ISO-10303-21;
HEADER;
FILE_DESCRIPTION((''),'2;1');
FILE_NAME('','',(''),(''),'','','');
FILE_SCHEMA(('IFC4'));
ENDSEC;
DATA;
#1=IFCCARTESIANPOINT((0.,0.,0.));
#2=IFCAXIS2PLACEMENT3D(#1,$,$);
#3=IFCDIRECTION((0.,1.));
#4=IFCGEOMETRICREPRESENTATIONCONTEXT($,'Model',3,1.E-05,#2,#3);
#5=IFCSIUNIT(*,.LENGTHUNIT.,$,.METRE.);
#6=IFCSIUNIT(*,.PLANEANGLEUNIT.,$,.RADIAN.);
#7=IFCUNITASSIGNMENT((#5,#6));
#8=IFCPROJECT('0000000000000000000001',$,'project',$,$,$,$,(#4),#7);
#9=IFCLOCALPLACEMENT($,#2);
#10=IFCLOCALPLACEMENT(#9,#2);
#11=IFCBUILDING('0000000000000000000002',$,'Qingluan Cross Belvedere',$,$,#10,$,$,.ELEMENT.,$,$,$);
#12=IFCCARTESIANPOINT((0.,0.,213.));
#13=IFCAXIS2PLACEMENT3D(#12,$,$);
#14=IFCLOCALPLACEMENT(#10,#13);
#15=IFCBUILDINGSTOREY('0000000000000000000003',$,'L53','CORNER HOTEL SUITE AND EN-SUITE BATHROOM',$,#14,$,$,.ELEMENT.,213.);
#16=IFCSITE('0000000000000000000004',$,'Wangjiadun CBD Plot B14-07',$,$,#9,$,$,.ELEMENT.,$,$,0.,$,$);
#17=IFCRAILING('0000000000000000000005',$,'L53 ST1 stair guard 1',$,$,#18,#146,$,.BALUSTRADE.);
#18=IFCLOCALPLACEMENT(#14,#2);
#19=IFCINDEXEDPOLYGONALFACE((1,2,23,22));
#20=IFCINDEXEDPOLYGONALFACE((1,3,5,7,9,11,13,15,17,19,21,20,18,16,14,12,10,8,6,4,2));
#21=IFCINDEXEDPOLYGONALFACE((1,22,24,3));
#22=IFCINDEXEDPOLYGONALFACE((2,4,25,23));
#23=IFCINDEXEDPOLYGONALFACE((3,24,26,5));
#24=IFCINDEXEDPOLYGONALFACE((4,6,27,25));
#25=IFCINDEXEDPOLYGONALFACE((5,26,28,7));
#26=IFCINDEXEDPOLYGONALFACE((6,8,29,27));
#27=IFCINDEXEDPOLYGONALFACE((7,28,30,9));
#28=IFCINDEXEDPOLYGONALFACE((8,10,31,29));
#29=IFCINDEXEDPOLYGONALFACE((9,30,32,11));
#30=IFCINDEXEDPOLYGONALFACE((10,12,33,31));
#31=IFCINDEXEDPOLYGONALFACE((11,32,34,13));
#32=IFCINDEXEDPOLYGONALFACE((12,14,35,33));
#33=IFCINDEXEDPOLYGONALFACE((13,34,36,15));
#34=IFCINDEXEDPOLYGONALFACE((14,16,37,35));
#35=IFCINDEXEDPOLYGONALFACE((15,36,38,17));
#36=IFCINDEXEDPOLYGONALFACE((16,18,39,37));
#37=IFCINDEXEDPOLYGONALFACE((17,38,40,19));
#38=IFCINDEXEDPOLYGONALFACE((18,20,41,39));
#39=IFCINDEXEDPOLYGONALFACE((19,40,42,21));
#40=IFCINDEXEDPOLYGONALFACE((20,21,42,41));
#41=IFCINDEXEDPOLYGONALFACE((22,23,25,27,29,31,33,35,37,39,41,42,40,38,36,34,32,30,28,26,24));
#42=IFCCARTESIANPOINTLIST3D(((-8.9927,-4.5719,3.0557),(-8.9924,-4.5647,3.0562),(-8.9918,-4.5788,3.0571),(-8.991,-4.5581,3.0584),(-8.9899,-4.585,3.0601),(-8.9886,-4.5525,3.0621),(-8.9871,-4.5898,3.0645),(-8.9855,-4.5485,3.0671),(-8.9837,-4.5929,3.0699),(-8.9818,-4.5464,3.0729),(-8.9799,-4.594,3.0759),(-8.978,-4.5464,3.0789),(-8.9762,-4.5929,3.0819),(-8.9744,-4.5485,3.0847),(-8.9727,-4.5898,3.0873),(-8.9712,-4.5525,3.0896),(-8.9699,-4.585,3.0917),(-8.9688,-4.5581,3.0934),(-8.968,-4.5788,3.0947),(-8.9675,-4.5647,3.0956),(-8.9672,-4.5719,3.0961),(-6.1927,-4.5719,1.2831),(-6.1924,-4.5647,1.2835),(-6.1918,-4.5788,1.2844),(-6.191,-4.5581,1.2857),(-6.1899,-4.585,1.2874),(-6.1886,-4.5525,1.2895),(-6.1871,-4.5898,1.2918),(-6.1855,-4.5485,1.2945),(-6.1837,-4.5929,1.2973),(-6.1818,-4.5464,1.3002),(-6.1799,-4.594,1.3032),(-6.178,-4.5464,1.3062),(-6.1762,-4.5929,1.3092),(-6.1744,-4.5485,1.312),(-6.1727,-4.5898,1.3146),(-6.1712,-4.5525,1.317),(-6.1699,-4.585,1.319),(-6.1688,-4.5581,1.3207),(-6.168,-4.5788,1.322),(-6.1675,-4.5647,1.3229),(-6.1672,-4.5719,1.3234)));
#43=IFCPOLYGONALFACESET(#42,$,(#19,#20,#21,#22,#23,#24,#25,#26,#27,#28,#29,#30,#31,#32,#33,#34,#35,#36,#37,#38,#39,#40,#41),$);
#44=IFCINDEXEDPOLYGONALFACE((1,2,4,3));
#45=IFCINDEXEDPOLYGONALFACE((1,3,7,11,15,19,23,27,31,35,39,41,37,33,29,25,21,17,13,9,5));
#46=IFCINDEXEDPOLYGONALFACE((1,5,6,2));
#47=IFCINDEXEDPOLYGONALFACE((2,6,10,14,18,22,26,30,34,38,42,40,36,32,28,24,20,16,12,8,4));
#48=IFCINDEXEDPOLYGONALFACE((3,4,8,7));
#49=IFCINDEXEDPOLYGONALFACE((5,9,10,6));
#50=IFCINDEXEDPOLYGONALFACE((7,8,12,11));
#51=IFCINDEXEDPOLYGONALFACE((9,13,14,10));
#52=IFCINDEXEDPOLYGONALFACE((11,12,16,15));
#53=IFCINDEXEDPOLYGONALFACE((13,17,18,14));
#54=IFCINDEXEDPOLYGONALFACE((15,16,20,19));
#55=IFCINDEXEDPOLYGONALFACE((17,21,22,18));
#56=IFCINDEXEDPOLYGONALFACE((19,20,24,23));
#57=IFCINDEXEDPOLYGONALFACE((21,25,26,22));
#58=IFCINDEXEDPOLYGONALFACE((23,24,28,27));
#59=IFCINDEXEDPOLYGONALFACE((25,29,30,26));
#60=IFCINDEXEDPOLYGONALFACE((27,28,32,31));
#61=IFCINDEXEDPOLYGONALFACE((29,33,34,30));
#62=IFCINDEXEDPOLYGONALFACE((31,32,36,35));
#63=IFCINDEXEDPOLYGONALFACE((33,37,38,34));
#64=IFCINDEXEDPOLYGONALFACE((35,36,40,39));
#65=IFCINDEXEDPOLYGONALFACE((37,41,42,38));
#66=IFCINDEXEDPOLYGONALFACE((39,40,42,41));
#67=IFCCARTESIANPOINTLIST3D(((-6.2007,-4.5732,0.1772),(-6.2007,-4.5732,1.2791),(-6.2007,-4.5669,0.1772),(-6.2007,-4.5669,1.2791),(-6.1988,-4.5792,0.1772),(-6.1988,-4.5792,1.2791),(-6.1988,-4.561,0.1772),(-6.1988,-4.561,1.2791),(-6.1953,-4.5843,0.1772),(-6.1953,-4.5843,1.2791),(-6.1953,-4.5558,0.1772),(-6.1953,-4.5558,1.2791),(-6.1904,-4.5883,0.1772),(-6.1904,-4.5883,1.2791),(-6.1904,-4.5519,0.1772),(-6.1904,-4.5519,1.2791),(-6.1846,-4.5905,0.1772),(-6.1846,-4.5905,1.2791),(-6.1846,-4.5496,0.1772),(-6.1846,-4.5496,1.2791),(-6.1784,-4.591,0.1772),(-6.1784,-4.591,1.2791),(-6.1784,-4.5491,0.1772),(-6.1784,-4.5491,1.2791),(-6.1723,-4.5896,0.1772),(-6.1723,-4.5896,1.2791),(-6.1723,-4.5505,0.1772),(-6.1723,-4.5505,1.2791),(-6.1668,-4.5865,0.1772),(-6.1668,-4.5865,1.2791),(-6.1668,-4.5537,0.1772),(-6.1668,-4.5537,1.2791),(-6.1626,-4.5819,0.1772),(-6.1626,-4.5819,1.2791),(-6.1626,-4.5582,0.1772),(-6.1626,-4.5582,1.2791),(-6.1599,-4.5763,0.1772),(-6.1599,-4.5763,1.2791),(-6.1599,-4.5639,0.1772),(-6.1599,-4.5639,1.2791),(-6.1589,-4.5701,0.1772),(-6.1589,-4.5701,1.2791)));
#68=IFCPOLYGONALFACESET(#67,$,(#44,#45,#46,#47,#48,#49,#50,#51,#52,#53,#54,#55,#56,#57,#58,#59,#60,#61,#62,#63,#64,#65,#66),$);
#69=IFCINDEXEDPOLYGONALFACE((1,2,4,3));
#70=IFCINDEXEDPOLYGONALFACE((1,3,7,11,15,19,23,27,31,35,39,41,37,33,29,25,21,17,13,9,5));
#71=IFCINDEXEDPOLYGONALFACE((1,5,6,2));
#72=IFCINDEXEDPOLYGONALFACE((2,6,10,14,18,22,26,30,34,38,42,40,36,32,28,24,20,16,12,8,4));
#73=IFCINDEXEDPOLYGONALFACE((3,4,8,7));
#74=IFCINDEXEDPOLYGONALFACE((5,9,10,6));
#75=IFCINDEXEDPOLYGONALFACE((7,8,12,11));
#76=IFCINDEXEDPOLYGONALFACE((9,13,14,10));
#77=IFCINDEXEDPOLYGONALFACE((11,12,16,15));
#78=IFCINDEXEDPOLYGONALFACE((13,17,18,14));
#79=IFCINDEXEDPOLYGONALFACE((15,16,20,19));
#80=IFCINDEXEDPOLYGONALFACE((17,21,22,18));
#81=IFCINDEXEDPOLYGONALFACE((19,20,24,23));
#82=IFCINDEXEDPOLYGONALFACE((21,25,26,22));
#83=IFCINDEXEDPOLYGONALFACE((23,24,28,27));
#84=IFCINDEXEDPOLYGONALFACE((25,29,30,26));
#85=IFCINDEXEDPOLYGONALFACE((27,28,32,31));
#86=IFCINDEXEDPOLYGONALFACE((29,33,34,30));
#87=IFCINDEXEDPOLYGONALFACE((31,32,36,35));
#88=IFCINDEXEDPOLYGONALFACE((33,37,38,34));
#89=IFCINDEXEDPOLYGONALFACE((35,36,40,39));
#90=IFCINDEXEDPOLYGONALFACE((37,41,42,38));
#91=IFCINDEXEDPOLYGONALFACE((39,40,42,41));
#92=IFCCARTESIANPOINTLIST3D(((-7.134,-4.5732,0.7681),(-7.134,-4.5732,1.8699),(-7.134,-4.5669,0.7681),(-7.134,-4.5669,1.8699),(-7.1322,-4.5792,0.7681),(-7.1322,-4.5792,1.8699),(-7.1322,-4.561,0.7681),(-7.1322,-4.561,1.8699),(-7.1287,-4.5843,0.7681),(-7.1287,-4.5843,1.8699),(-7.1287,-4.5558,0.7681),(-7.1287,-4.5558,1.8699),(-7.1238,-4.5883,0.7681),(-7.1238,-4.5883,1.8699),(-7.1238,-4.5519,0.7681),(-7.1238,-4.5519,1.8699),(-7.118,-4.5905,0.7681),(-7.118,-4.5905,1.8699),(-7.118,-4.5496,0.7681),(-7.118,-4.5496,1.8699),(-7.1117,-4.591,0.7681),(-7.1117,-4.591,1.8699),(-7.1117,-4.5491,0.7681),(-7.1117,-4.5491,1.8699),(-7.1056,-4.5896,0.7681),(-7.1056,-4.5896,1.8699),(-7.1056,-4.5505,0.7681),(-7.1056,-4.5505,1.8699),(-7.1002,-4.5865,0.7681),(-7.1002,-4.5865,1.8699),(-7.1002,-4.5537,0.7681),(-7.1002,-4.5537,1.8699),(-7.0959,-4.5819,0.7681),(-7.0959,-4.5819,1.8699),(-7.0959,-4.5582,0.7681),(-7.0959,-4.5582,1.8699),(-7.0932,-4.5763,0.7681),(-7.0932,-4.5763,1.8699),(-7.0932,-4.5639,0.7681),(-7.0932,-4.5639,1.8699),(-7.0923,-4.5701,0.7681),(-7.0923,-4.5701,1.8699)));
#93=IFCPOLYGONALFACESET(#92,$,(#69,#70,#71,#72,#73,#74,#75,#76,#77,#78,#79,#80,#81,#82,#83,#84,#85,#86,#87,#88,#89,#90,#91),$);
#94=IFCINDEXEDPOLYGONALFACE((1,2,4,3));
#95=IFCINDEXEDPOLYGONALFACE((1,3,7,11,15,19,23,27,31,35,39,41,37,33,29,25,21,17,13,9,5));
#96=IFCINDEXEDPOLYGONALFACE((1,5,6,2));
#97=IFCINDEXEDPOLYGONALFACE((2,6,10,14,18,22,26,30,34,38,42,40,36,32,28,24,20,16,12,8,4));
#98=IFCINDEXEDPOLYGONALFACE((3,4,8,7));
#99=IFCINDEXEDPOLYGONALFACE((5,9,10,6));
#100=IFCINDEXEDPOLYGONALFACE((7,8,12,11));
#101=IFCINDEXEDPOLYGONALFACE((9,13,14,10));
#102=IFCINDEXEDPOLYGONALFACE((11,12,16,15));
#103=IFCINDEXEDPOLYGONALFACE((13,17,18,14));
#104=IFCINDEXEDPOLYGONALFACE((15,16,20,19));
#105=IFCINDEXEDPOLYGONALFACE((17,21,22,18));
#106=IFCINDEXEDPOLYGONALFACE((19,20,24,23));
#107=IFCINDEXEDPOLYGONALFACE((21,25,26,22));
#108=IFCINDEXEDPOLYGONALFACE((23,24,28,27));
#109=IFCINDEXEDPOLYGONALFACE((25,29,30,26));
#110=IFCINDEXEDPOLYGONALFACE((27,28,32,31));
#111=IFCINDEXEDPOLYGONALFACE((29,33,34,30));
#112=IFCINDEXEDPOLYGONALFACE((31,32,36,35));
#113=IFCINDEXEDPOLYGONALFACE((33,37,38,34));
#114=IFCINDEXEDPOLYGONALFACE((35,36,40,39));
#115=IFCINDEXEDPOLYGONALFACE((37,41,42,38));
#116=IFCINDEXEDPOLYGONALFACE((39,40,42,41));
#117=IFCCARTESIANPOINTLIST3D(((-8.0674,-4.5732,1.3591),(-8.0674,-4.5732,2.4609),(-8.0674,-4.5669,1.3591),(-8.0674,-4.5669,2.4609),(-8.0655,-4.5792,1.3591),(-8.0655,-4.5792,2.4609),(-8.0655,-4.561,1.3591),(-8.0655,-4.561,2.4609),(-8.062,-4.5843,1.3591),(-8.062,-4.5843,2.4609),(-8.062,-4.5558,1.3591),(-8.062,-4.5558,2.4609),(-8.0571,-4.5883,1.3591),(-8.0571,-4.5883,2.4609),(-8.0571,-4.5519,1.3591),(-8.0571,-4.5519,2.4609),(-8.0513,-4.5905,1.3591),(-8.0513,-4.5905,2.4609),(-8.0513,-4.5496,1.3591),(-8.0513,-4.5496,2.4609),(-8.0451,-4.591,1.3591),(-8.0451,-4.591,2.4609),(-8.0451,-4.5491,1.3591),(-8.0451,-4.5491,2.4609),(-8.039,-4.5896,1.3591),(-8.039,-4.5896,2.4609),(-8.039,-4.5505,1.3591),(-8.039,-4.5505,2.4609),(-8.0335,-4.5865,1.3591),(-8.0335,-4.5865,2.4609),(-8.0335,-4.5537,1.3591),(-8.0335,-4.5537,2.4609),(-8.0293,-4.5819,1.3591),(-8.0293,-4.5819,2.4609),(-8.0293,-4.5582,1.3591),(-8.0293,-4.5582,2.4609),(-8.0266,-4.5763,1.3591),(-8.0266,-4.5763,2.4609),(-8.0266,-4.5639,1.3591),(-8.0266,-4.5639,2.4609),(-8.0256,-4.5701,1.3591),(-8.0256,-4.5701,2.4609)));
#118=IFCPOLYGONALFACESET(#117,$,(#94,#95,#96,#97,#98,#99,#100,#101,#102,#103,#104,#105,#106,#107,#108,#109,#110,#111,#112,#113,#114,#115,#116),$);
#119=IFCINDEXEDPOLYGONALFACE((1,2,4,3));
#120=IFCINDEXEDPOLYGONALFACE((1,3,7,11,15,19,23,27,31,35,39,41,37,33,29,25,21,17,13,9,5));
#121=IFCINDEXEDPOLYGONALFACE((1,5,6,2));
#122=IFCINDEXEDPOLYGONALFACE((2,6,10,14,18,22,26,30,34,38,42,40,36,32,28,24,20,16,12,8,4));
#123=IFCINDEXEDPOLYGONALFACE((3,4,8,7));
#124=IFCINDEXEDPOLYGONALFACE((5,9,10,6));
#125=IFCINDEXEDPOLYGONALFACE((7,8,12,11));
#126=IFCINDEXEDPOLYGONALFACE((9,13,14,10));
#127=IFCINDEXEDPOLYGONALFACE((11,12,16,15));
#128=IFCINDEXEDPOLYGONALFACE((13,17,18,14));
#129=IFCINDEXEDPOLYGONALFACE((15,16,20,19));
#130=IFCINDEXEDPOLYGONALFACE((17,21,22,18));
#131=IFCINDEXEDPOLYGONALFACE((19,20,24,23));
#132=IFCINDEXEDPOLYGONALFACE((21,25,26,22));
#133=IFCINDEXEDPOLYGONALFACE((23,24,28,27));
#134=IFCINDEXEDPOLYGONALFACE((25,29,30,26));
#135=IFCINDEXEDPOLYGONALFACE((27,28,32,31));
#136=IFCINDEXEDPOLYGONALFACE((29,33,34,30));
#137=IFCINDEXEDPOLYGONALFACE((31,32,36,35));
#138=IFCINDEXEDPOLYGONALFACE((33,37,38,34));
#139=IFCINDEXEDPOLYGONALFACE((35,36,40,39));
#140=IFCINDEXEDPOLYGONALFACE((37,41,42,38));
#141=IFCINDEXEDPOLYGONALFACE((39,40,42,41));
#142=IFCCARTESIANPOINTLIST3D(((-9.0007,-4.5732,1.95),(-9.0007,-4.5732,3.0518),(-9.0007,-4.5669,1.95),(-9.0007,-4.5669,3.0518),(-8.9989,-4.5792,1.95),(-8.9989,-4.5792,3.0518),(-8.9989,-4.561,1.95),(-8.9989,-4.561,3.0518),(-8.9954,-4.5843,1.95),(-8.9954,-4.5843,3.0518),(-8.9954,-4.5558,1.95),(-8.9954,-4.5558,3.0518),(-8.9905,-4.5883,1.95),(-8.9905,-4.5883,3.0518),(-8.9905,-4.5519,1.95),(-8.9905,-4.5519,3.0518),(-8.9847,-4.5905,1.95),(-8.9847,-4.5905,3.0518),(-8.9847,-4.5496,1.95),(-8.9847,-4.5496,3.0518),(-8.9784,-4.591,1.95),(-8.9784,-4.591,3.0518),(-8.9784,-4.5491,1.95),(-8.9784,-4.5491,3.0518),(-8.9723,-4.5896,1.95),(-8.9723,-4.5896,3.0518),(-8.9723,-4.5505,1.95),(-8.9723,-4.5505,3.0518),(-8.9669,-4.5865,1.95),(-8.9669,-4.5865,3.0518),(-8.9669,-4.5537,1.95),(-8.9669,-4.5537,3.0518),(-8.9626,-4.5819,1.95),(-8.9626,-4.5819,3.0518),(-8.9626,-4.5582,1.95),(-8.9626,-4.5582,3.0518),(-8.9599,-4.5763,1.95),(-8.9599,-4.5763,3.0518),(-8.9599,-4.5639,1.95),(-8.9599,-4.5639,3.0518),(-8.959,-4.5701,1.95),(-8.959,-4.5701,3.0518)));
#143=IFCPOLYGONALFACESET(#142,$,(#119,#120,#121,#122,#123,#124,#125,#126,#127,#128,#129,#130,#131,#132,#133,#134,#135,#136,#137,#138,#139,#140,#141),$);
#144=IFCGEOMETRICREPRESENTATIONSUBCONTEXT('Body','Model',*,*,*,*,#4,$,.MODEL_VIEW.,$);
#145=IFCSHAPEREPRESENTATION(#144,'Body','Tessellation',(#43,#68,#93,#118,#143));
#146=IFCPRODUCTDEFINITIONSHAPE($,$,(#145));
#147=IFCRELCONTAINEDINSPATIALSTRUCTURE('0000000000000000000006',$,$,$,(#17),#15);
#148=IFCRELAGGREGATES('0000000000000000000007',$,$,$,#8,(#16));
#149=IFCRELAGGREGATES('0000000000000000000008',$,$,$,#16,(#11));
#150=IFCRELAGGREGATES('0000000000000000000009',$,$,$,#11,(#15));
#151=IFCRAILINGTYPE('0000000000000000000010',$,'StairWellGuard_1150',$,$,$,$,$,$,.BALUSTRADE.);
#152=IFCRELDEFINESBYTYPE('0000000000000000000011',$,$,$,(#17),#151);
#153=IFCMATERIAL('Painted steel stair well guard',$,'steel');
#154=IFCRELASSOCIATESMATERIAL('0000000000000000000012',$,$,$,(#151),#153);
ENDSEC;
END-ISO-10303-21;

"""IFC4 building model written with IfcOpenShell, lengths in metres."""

from ifc_helpers import new_model, si_unit, direction, frame, origin, origin_2d, place, context, subcontext, project, spatial, circle, extrude, material, type_object, element, save


model = new_model("IFC4")

# Units and contexts
model_context = context("Model", 3, precision=1e-05, world=origin(), true_north=direction((0.0, 1.0)))
body_context = subcontext(model_context, "Body", "Model", "MODEL_VIEW")
ifc_project = project(units=[si_unit("LENGTHUNIT", "METRE"), si_unit("PLANEANGLEUNIT", "RADIAN")], contexts=[model_context])

# Site, building, storey
site_placement = place(None, origin())
site = spatial("IfcSite", under=ifc_project, at=site_placement, Name="Wangjiadun CBD Plot B14-07", CompositionType="ELEMENT", RefElevation=0.0)
building_placement = place(site_placement, origin())
building = spatial("IfcBuilding", under=site, at=building_placement, Name="Qingluan Cross Belvedere", CompositionType="ELEMENT")
storey_placement = place(building_placement, frame((0.0, 0.0, 213.0)))
storey = spatial("IfcBuildingStorey", under=building, at=storey_placement, Name="L53", Description="CORNER HOTEL SUITE AND EN-SUITE BATHROOM", CompositionType="ELEMENT", Elevation=213.0)

# Railing
ifc_material_1 = material(Name="Painted steel stair well guard", Category="steel")
railing_type_1 = type_object("IfcRailingType", Name="StairWellGuard_1150", PredefinedType="BALUSTRADE", material=ifc_material_1)
railing_1_placement = place(storey_placement, frame((-6.1799, -4.5701, 0.1772)))
element("IfcRailing", 1, at=railing_1_placement, inside=storey, type_object=railing_type_1, Name="L53 ST1 stair guard 1", PredefinedType="BALUSTRADE", context=body_context, shape_type="SweptSolid", body=[
    extrude(circle(Radius=0.0239, at=origin_2d()), frame((0.0, 0.0, 1.126), z_axis=(-0.844909, 0.0, 0.53491), x_axis=(0.0, -1.0, 0.0)), (0.0, 0.0, 1.0), 3.314),
    extrude(circle(Radius=0.021, at=origin_2d()), origin(), (0.0, 0.0, 1.0), 1.1018),
    extrude(circle(Radius=0.021, at=origin_2d()), frame((-0.9333, 0.0, 0.5908)), (0.0, 0.0, 1.0), 1.1018),
    extrude(circle(Radius=0.021, at=origin_2d()), frame((-1.8667, 0.0, 1.1819)), (0.0, 0.0, 1.0), 1.1018),
    extrude(circle(Radius=0.021, at=origin_2d()), frame((-2.8, 0.0, 1.7727)), (0.0, 0.0, 1.0), 1.1018),
])

save(model, "model.ifc")
